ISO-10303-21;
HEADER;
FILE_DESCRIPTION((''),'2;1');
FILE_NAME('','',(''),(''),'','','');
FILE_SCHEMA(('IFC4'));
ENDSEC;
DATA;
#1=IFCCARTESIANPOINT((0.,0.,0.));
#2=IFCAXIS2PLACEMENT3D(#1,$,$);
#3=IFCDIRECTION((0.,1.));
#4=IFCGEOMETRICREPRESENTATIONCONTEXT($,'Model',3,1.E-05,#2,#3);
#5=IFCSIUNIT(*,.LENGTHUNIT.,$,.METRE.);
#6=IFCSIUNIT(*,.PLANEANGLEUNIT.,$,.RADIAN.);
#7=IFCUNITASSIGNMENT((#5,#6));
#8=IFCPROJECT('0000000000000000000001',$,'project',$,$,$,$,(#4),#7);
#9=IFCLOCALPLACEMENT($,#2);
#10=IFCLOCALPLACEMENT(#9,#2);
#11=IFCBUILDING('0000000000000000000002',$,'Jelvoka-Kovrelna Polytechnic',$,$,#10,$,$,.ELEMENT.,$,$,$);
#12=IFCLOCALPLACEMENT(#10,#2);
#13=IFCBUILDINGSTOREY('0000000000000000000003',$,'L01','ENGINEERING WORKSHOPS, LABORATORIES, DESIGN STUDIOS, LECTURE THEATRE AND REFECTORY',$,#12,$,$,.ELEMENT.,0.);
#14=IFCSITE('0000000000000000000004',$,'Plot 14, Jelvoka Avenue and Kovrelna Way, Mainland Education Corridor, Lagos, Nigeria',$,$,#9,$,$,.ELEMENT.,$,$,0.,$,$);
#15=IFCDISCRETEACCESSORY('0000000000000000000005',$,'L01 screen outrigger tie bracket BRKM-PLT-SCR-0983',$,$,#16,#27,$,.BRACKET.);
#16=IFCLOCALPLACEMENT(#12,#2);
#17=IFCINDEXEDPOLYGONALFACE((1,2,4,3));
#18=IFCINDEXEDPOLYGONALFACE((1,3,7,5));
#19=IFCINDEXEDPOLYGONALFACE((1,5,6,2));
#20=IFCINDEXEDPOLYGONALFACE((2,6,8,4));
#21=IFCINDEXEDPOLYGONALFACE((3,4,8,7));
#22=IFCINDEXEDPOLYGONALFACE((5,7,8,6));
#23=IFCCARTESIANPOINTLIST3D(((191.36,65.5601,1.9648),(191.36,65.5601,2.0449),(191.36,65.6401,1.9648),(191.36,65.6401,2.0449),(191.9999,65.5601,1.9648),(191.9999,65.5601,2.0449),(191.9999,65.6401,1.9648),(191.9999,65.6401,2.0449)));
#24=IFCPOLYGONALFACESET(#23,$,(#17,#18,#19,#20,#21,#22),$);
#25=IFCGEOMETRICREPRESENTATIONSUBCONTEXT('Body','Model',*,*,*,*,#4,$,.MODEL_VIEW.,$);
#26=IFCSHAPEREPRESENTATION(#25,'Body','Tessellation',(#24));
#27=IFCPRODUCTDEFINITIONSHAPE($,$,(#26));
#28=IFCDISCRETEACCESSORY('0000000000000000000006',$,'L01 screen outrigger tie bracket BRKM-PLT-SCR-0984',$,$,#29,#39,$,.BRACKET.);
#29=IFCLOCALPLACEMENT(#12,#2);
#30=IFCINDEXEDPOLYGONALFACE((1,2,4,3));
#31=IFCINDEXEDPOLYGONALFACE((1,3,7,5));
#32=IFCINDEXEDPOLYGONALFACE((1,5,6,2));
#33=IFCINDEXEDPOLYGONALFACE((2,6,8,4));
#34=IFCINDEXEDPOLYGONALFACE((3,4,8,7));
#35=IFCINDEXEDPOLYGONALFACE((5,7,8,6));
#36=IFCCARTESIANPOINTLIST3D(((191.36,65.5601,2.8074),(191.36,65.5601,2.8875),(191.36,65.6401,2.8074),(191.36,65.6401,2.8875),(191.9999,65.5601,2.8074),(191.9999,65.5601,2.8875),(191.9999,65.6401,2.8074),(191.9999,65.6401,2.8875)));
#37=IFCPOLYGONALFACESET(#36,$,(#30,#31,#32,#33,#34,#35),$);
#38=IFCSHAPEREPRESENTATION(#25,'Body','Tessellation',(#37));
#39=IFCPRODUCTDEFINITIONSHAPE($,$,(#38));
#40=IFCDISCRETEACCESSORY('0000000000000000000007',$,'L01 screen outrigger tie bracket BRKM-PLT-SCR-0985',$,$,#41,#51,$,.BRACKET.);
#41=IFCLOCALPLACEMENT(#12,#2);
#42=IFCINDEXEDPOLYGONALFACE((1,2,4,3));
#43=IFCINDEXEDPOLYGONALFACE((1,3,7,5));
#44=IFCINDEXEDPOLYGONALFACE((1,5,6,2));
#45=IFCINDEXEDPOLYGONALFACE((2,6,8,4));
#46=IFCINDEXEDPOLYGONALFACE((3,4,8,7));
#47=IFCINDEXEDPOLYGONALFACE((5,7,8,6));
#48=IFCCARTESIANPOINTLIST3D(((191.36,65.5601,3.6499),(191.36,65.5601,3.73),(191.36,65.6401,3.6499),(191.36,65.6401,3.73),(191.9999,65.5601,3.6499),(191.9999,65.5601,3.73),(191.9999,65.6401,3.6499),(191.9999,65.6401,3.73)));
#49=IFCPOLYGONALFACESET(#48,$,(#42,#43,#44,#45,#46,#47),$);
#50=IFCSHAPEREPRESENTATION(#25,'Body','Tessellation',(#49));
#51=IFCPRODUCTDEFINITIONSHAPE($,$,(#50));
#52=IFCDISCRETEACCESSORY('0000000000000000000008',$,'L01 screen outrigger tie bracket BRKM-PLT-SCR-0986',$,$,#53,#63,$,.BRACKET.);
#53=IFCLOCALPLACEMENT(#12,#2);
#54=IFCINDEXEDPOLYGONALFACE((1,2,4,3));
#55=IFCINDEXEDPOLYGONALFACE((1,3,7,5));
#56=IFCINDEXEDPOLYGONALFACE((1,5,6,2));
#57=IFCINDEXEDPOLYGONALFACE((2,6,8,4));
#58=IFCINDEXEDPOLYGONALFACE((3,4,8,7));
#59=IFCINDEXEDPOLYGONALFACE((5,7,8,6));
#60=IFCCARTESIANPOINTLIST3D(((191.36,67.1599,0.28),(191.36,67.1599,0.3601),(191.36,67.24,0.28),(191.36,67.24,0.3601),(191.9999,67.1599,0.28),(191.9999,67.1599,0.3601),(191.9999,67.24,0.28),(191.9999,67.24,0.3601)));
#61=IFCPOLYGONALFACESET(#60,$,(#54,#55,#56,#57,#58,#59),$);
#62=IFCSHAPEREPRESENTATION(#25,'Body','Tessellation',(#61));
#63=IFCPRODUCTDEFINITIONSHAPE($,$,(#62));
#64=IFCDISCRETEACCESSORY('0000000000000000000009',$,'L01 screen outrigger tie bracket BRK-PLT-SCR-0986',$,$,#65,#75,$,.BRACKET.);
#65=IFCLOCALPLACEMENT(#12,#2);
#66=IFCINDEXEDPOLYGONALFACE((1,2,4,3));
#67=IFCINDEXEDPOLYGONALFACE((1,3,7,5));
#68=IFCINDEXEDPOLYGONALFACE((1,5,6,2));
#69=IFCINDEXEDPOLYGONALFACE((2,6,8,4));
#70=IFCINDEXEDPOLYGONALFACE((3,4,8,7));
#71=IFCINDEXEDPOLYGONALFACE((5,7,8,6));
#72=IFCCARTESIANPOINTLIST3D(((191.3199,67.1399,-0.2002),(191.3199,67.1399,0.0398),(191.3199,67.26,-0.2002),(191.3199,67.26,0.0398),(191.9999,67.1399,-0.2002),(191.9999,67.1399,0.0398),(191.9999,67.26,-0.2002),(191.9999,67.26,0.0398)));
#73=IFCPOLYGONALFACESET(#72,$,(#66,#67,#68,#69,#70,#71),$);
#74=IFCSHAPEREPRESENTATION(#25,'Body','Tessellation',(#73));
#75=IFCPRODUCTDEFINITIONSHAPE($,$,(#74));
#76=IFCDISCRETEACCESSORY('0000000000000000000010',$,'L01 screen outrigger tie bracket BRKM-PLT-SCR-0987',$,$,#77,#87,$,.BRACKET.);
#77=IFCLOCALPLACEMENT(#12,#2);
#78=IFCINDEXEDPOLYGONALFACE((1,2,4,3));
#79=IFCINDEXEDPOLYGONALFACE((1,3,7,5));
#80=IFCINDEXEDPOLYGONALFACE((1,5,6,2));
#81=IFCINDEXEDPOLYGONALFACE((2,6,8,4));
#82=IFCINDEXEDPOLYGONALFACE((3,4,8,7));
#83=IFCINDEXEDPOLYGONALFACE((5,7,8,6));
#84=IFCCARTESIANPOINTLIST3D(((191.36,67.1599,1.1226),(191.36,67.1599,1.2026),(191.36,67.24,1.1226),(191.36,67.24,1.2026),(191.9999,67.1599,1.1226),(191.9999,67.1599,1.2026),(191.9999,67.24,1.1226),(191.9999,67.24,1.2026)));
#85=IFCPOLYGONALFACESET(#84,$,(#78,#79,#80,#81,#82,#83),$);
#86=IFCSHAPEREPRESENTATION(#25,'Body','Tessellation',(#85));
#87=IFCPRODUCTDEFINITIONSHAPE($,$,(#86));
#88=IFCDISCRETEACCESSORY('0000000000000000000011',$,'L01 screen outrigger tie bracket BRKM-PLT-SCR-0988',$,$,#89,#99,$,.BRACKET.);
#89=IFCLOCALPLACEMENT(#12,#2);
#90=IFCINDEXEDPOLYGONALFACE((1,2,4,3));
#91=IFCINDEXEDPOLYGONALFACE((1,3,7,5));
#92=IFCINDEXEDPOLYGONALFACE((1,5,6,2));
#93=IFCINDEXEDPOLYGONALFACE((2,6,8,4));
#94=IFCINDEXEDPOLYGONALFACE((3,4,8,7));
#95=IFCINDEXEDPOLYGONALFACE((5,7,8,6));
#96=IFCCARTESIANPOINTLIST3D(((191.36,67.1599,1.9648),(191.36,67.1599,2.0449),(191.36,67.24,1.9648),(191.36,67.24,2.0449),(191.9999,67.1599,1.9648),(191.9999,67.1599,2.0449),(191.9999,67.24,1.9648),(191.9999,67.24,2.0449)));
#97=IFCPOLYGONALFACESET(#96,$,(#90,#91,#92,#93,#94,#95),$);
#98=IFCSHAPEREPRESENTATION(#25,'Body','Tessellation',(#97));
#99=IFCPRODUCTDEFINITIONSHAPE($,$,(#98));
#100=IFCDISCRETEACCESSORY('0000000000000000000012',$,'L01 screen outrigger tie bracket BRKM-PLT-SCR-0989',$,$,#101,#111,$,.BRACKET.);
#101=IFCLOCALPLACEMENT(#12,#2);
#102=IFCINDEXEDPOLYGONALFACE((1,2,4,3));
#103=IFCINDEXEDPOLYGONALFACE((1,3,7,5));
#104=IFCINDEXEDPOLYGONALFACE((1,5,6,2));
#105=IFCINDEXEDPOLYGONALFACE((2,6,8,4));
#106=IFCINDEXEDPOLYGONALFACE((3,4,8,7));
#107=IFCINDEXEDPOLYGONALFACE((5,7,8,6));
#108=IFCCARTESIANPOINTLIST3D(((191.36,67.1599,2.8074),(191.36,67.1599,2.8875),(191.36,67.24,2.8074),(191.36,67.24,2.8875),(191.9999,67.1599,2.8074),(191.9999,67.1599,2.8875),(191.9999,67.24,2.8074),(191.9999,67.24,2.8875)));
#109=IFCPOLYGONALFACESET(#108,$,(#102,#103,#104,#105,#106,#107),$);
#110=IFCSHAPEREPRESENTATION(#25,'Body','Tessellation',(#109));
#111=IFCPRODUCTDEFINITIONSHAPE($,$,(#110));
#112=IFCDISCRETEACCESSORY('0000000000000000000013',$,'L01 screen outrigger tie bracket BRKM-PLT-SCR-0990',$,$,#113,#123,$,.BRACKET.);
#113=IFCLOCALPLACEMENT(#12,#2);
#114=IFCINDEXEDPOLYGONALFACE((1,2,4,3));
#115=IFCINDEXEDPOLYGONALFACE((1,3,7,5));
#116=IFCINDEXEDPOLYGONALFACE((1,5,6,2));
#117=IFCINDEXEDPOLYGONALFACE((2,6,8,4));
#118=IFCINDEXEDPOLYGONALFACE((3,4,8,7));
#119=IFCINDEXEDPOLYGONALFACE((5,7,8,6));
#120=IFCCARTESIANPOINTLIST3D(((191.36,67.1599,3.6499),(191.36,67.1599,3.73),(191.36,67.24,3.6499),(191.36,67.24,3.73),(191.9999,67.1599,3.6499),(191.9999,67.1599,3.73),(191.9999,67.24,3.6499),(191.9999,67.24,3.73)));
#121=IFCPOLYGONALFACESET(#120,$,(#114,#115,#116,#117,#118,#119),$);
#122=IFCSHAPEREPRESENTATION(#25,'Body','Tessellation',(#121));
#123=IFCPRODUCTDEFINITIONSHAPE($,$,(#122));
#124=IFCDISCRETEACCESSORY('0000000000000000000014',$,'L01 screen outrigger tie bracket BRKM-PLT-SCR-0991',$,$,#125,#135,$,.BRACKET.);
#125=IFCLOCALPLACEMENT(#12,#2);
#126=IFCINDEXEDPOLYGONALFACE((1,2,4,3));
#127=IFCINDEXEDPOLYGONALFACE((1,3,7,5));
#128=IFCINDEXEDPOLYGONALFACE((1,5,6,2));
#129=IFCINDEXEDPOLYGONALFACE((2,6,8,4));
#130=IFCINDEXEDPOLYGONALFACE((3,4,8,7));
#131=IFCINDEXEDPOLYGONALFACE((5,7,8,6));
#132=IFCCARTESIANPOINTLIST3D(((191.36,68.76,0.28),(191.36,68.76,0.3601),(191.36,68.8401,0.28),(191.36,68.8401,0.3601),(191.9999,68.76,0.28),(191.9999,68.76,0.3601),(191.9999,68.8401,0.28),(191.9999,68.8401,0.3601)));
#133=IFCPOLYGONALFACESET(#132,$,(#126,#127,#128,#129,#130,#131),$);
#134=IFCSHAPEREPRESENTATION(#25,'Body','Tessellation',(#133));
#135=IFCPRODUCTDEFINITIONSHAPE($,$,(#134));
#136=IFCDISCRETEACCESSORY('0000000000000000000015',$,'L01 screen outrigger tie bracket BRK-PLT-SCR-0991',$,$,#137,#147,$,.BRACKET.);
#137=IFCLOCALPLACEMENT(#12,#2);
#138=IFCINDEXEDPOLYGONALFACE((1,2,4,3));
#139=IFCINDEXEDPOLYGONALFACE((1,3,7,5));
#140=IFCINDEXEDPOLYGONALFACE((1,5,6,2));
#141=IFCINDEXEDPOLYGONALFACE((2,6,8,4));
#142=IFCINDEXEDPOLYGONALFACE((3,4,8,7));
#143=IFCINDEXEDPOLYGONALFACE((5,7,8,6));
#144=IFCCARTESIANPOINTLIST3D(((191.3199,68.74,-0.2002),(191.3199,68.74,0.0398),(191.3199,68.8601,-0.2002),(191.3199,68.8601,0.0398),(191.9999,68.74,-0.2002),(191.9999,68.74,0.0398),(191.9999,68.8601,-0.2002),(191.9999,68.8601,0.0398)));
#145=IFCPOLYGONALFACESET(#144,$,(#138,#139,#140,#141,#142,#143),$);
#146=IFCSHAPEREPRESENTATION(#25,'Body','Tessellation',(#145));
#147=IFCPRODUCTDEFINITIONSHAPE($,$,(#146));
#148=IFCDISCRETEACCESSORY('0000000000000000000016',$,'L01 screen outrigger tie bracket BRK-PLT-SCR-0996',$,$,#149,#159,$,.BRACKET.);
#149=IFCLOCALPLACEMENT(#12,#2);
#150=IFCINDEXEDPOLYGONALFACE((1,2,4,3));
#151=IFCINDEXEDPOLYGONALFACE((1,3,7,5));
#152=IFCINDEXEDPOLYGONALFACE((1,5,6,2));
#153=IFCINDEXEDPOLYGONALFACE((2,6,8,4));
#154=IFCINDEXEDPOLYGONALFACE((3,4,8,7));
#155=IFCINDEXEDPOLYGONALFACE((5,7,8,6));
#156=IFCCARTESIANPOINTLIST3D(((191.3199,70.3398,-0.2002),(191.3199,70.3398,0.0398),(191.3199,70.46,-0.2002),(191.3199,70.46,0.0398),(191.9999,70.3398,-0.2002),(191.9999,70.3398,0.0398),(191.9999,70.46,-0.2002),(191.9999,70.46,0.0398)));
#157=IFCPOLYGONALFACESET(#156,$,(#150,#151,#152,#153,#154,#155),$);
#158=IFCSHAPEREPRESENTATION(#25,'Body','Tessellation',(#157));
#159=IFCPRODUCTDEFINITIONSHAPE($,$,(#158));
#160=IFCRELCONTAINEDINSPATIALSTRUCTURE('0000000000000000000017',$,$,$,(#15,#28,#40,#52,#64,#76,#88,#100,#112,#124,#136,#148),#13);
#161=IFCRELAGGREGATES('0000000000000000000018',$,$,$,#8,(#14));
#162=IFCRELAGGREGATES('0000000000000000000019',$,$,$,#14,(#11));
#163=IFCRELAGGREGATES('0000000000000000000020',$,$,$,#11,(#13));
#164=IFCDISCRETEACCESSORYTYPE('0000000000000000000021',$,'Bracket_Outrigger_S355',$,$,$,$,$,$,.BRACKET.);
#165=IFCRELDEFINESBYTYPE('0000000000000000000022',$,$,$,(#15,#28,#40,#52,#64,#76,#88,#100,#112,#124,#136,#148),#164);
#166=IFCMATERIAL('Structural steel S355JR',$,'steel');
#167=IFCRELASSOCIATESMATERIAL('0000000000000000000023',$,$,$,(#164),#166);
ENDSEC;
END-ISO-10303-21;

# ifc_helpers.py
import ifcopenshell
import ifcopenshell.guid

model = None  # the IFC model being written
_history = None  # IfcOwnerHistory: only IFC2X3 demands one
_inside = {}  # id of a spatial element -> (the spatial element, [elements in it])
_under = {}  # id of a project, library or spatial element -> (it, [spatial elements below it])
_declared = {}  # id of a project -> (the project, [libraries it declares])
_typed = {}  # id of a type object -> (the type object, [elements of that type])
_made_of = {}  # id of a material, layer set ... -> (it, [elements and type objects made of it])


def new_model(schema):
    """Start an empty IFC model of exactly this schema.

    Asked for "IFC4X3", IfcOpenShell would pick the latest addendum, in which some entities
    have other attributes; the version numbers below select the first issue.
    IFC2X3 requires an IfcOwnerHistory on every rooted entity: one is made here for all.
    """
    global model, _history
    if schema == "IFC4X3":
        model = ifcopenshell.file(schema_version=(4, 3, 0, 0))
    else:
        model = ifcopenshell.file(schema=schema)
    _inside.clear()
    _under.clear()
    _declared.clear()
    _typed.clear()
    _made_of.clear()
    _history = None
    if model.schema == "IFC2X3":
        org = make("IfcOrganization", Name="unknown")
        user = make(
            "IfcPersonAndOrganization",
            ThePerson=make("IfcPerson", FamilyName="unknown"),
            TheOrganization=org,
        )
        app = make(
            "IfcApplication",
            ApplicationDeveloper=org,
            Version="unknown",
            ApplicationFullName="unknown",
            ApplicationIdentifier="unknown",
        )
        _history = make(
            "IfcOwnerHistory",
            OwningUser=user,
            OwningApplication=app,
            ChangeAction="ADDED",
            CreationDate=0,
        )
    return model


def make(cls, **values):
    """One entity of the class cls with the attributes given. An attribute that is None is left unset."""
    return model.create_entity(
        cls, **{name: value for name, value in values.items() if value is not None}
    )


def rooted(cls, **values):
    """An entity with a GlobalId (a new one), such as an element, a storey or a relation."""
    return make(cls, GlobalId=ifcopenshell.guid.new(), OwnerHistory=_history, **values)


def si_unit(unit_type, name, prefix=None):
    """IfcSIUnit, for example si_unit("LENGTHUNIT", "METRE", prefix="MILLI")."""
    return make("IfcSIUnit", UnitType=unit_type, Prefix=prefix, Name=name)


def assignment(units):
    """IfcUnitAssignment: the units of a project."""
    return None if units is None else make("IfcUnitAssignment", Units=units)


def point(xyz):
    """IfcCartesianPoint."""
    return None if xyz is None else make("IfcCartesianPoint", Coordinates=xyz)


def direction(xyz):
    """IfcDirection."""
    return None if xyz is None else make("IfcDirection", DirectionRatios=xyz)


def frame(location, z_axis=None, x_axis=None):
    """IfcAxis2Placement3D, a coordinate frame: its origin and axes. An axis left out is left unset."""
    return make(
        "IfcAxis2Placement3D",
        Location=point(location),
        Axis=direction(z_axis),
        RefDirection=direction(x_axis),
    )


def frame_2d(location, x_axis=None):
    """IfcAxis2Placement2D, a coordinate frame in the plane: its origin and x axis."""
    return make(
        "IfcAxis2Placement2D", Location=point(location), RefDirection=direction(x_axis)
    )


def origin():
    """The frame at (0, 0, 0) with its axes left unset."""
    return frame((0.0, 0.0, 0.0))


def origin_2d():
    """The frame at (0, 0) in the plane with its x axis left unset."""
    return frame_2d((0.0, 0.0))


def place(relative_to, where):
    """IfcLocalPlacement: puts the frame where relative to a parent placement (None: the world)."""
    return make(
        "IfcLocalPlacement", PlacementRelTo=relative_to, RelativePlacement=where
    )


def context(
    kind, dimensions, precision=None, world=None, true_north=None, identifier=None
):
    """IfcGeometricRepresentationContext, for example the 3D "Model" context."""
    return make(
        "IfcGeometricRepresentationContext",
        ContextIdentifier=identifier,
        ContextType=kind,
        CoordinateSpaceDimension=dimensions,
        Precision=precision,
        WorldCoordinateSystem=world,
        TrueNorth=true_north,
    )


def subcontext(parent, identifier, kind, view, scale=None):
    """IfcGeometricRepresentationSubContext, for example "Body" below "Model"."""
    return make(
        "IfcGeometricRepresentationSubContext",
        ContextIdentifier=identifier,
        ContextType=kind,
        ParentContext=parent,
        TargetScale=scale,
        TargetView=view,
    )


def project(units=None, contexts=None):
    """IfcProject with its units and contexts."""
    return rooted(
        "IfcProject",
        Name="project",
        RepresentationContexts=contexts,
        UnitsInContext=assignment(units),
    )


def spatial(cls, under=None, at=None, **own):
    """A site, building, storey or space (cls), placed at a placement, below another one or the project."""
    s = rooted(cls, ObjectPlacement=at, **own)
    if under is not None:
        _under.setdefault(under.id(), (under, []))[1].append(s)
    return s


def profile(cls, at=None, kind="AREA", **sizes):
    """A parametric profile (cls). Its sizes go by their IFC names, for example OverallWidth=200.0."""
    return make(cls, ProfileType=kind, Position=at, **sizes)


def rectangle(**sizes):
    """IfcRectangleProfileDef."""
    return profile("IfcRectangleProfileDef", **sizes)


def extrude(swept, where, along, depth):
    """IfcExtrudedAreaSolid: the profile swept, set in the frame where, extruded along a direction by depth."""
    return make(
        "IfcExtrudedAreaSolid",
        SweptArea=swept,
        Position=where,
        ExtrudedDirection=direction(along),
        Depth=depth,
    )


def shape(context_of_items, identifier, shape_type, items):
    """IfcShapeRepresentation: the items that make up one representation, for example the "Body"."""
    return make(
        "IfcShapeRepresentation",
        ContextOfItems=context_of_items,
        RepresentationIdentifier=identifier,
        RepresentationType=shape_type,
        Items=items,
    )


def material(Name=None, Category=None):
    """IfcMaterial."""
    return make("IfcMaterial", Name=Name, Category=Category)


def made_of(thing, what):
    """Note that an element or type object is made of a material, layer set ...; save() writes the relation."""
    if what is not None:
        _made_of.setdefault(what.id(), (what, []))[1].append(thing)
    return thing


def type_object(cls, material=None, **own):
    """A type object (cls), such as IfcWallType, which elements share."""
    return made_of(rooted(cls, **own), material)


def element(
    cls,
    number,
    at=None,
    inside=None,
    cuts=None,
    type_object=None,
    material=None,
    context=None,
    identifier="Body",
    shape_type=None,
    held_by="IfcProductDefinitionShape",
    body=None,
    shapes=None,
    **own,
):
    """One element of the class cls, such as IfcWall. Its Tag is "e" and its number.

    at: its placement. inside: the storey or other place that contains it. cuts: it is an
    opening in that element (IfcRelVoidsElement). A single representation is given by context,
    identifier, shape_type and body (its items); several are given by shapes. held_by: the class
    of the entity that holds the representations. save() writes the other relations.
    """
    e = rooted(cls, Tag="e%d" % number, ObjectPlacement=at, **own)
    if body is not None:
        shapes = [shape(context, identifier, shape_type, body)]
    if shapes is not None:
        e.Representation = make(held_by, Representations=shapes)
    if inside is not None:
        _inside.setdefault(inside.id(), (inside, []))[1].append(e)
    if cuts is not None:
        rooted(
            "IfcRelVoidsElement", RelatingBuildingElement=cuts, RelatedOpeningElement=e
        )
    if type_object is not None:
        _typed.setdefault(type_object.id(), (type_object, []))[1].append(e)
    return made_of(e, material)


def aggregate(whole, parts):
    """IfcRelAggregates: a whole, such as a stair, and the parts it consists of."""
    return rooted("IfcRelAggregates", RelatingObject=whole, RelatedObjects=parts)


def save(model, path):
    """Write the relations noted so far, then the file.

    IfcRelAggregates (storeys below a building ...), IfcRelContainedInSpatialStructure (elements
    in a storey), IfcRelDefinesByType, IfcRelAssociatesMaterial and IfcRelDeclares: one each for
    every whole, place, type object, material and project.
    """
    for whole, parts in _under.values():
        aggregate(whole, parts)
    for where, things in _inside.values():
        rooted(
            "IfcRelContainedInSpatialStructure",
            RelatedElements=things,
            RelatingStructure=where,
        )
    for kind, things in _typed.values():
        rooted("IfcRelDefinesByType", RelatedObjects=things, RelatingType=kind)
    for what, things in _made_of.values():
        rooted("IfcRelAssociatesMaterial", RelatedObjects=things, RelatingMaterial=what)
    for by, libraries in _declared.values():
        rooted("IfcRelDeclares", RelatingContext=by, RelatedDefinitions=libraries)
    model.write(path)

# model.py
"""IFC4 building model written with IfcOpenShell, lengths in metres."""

from ifc_helpers import new_model, si_unit, direction, frame, origin, origin_2d, place, context, subcontext, project, spatial, rectangle, extrude, material, type_object, element, save


model = new_model("IFC4")

# Units and contexts
model_context = context("Model", 3, precision=1e-05, world=origin(), true_north=direction((0.0, 1.0)))
body_context = subcontext(model_context, "Body", "Model", "MODEL_VIEW")
ifc_project = project(units=[si_unit("LENGTHUNIT", "METRE"), si_unit("PLANEANGLEUNIT", "RADIAN")], contexts=[model_context])

# Site, building, storey
site_placement = place(None, origin())
site = spatial("IfcSite", under=ifc_project, at=site_placement, Name="Plot 14, Jelvoka Avenue and Kovrelna Way, Mainland Education Corridor, Lagos, Nigeria", CompositionType="ELEMENT", RefElevation=0.0)
building_placement = place(site_placement, origin())
building = spatial("IfcBuilding", under=site, at=building_placement, Name="Jelvoka-Kovrelna Polytechnic", CompositionType="ELEMENT")
storey_placement = place(building_placement, origin())
storey = spatial("IfcBuildingStorey", under=building, at=storey_placement, Name="L01", Description="ENGINEERING WORKSHOPS, LABORATORIES, DESIGN STUDIOS, LECTURE THEATRE AND REFECTORY", CompositionType="ELEMENT", Elevation=0.0)

# Discrete accessories
ifc_material_1 = material(Name="Structural steel S355JR", Category="steel")
discrete_accessory_type = type_object("IfcDiscreteAccessoryType", Name="Bracket_Outrigger_S355", PredefinedType="BRACKET", material=ifc_material_1)
for number, where, z_axis, x_axis, name in (
    (1, (191.6799, 65.6001, 1.9648), (0.0, 0.0, 1.0), (1.0, 0.0, 0.0), "L01 screen outrigger tie bracket BRKM-PLT-SCR-0983"),
    (2, (191.6799, 65.6001, 2.8074), (0.0, 0.0, 1.0), (1.0, 0.0, 0.0), "L01 screen outrigger tie bracket BRKM-PLT-SCR-0984"),
    (3, (191.6799, 65.6001, 3.6499), (0.0, 0.0, 1.0), (1.0, 0.0, 0.0), "L01 screen outrigger tie bracket BRKM-PLT-SCR-0985"),
    (4, (191.6799, 67.2, 0.28), (0.0, 0.0, 1.0), (1.0, 0.0, 0.0), "L01 screen outrigger tie bracket BRKM-PLT-SCR-0986"),
):
    element("IfcDiscreteAccessory", number, at=place(storey_placement, frame(where, z_axis=z_axis, x_axis=x_axis)), inside=storey, type_object=discrete_accessory_type, Name=name, PredefinedType="BRACKET", context=body_context, shape_type="SweptSolid", body=[
        extrude(rectangle(XDim=0.6399, YDim=0.0801, at=origin_2d()), origin(), (0.0, 0.0, 1.0), 0.0801),
    ])
discrete_accessory_1_placement = place(storey_placement, frame((191.6599, 67.2, -0.2002), z_axis=(0.0, 0.0, 1.0), x_axis=(1.0, 0.0, 0.0)))
element("IfcDiscreteAccessory", 5, at=discrete_accessory_1_placement, inside=storey, type_object=discrete_accessory_type, Name="L01 screen outrigger tie bracket BRK-PLT-SCR-0986", PredefinedType="BRACKET", context=body_context, shape_type="SweptSolid", body=[
    extrude(rectangle(XDim=0.6799, YDim=0.1201, at=origin_2d()), origin(), (0.0, 0.0, 1.0), 0.24),
])
for number, where, z_axis, x_axis, name in (
    (6, (191.6799, 67.2, 1.1226), (0.0, 0.0, 1.0), (1.0, 0.0, 0.0), "L01 screen outrigger tie bracket BRKM-PLT-SCR-0987"),
    (7, (191.6799, 67.2, 1.9648), (0.0, 0.0, 1.0), (1.0, 0.0, 0.0), "L01 screen outrigger tie bracket BRKM-PLT-SCR-0988"),
    (8, (191.6799, 67.2, 2.8074), (0.0, 0.0, 1.0), (1.0, 0.0, 0.0), "L01 screen outrigger tie bracket BRKM-PLT-SCR-0989"),
    (9, (191.6799, 67.2, 3.6499), (0.0, 0.0, 1.0), (1.0, 0.0, 0.0), "L01 screen outrigger tie bracket BRKM-PLT-SCR-0990"),
    (10, (191.6799, 68.8, 0.28), (0.0, 0.0, 1.0), (1.0, 0.0, 0.0), "L01 screen outrigger tie bracket BRKM-PLT-SCR-0991"),
):
    element("IfcDiscreteAccessory", number, at=place(storey_placement, frame(where, z_axis=z_axis, x_axis=x_axis)), inside=storey, type_object=discrete_accessory_type, Name=name, PredefinedType="BRACKET", context=body_context, shape_type="SweptSolid", body=[
        extrude(rectangle(XDim=0.6399, YDim=0.0801, at=origin_2d()), origin(), (0.0, 0.0, 1.0), 0.0801),
    ])
for number, where, z_axis, x_axis, name in (
    (11, (191.6599, 68.8, -0.2002), (0.0, 0.0, 1.0), (1.0, 0.0, 0.0), "L01 screen outrigger tie bracket BRK-PLT-SCR-0991"),
    (12, (191.6599, 70.3999, -0.2002), (0.0, 0.0, 1.0), (1.0, 0.0, 0.0), "L01 screen outrigger tie bracket BRK-PLT-SCR-0996"),
):
    element("IfcDiscreteAccessory", number, at=place(storey_placement, frame(where, z_axis=z_axis, x_axis=x_axis)), inside=storey, type_object=discrete_accessory_type, Name=name, PredefinedType="BRACKET", context=body_context, shape_type="SweptSolid", body=[
        extrude(rectangle(XDim=0.6799, YDim=0.1201, at=origin_2d()), origin(), (0.0, 0.0, 1.0), 0.24),
    ])

save(model, "model.ifc")
